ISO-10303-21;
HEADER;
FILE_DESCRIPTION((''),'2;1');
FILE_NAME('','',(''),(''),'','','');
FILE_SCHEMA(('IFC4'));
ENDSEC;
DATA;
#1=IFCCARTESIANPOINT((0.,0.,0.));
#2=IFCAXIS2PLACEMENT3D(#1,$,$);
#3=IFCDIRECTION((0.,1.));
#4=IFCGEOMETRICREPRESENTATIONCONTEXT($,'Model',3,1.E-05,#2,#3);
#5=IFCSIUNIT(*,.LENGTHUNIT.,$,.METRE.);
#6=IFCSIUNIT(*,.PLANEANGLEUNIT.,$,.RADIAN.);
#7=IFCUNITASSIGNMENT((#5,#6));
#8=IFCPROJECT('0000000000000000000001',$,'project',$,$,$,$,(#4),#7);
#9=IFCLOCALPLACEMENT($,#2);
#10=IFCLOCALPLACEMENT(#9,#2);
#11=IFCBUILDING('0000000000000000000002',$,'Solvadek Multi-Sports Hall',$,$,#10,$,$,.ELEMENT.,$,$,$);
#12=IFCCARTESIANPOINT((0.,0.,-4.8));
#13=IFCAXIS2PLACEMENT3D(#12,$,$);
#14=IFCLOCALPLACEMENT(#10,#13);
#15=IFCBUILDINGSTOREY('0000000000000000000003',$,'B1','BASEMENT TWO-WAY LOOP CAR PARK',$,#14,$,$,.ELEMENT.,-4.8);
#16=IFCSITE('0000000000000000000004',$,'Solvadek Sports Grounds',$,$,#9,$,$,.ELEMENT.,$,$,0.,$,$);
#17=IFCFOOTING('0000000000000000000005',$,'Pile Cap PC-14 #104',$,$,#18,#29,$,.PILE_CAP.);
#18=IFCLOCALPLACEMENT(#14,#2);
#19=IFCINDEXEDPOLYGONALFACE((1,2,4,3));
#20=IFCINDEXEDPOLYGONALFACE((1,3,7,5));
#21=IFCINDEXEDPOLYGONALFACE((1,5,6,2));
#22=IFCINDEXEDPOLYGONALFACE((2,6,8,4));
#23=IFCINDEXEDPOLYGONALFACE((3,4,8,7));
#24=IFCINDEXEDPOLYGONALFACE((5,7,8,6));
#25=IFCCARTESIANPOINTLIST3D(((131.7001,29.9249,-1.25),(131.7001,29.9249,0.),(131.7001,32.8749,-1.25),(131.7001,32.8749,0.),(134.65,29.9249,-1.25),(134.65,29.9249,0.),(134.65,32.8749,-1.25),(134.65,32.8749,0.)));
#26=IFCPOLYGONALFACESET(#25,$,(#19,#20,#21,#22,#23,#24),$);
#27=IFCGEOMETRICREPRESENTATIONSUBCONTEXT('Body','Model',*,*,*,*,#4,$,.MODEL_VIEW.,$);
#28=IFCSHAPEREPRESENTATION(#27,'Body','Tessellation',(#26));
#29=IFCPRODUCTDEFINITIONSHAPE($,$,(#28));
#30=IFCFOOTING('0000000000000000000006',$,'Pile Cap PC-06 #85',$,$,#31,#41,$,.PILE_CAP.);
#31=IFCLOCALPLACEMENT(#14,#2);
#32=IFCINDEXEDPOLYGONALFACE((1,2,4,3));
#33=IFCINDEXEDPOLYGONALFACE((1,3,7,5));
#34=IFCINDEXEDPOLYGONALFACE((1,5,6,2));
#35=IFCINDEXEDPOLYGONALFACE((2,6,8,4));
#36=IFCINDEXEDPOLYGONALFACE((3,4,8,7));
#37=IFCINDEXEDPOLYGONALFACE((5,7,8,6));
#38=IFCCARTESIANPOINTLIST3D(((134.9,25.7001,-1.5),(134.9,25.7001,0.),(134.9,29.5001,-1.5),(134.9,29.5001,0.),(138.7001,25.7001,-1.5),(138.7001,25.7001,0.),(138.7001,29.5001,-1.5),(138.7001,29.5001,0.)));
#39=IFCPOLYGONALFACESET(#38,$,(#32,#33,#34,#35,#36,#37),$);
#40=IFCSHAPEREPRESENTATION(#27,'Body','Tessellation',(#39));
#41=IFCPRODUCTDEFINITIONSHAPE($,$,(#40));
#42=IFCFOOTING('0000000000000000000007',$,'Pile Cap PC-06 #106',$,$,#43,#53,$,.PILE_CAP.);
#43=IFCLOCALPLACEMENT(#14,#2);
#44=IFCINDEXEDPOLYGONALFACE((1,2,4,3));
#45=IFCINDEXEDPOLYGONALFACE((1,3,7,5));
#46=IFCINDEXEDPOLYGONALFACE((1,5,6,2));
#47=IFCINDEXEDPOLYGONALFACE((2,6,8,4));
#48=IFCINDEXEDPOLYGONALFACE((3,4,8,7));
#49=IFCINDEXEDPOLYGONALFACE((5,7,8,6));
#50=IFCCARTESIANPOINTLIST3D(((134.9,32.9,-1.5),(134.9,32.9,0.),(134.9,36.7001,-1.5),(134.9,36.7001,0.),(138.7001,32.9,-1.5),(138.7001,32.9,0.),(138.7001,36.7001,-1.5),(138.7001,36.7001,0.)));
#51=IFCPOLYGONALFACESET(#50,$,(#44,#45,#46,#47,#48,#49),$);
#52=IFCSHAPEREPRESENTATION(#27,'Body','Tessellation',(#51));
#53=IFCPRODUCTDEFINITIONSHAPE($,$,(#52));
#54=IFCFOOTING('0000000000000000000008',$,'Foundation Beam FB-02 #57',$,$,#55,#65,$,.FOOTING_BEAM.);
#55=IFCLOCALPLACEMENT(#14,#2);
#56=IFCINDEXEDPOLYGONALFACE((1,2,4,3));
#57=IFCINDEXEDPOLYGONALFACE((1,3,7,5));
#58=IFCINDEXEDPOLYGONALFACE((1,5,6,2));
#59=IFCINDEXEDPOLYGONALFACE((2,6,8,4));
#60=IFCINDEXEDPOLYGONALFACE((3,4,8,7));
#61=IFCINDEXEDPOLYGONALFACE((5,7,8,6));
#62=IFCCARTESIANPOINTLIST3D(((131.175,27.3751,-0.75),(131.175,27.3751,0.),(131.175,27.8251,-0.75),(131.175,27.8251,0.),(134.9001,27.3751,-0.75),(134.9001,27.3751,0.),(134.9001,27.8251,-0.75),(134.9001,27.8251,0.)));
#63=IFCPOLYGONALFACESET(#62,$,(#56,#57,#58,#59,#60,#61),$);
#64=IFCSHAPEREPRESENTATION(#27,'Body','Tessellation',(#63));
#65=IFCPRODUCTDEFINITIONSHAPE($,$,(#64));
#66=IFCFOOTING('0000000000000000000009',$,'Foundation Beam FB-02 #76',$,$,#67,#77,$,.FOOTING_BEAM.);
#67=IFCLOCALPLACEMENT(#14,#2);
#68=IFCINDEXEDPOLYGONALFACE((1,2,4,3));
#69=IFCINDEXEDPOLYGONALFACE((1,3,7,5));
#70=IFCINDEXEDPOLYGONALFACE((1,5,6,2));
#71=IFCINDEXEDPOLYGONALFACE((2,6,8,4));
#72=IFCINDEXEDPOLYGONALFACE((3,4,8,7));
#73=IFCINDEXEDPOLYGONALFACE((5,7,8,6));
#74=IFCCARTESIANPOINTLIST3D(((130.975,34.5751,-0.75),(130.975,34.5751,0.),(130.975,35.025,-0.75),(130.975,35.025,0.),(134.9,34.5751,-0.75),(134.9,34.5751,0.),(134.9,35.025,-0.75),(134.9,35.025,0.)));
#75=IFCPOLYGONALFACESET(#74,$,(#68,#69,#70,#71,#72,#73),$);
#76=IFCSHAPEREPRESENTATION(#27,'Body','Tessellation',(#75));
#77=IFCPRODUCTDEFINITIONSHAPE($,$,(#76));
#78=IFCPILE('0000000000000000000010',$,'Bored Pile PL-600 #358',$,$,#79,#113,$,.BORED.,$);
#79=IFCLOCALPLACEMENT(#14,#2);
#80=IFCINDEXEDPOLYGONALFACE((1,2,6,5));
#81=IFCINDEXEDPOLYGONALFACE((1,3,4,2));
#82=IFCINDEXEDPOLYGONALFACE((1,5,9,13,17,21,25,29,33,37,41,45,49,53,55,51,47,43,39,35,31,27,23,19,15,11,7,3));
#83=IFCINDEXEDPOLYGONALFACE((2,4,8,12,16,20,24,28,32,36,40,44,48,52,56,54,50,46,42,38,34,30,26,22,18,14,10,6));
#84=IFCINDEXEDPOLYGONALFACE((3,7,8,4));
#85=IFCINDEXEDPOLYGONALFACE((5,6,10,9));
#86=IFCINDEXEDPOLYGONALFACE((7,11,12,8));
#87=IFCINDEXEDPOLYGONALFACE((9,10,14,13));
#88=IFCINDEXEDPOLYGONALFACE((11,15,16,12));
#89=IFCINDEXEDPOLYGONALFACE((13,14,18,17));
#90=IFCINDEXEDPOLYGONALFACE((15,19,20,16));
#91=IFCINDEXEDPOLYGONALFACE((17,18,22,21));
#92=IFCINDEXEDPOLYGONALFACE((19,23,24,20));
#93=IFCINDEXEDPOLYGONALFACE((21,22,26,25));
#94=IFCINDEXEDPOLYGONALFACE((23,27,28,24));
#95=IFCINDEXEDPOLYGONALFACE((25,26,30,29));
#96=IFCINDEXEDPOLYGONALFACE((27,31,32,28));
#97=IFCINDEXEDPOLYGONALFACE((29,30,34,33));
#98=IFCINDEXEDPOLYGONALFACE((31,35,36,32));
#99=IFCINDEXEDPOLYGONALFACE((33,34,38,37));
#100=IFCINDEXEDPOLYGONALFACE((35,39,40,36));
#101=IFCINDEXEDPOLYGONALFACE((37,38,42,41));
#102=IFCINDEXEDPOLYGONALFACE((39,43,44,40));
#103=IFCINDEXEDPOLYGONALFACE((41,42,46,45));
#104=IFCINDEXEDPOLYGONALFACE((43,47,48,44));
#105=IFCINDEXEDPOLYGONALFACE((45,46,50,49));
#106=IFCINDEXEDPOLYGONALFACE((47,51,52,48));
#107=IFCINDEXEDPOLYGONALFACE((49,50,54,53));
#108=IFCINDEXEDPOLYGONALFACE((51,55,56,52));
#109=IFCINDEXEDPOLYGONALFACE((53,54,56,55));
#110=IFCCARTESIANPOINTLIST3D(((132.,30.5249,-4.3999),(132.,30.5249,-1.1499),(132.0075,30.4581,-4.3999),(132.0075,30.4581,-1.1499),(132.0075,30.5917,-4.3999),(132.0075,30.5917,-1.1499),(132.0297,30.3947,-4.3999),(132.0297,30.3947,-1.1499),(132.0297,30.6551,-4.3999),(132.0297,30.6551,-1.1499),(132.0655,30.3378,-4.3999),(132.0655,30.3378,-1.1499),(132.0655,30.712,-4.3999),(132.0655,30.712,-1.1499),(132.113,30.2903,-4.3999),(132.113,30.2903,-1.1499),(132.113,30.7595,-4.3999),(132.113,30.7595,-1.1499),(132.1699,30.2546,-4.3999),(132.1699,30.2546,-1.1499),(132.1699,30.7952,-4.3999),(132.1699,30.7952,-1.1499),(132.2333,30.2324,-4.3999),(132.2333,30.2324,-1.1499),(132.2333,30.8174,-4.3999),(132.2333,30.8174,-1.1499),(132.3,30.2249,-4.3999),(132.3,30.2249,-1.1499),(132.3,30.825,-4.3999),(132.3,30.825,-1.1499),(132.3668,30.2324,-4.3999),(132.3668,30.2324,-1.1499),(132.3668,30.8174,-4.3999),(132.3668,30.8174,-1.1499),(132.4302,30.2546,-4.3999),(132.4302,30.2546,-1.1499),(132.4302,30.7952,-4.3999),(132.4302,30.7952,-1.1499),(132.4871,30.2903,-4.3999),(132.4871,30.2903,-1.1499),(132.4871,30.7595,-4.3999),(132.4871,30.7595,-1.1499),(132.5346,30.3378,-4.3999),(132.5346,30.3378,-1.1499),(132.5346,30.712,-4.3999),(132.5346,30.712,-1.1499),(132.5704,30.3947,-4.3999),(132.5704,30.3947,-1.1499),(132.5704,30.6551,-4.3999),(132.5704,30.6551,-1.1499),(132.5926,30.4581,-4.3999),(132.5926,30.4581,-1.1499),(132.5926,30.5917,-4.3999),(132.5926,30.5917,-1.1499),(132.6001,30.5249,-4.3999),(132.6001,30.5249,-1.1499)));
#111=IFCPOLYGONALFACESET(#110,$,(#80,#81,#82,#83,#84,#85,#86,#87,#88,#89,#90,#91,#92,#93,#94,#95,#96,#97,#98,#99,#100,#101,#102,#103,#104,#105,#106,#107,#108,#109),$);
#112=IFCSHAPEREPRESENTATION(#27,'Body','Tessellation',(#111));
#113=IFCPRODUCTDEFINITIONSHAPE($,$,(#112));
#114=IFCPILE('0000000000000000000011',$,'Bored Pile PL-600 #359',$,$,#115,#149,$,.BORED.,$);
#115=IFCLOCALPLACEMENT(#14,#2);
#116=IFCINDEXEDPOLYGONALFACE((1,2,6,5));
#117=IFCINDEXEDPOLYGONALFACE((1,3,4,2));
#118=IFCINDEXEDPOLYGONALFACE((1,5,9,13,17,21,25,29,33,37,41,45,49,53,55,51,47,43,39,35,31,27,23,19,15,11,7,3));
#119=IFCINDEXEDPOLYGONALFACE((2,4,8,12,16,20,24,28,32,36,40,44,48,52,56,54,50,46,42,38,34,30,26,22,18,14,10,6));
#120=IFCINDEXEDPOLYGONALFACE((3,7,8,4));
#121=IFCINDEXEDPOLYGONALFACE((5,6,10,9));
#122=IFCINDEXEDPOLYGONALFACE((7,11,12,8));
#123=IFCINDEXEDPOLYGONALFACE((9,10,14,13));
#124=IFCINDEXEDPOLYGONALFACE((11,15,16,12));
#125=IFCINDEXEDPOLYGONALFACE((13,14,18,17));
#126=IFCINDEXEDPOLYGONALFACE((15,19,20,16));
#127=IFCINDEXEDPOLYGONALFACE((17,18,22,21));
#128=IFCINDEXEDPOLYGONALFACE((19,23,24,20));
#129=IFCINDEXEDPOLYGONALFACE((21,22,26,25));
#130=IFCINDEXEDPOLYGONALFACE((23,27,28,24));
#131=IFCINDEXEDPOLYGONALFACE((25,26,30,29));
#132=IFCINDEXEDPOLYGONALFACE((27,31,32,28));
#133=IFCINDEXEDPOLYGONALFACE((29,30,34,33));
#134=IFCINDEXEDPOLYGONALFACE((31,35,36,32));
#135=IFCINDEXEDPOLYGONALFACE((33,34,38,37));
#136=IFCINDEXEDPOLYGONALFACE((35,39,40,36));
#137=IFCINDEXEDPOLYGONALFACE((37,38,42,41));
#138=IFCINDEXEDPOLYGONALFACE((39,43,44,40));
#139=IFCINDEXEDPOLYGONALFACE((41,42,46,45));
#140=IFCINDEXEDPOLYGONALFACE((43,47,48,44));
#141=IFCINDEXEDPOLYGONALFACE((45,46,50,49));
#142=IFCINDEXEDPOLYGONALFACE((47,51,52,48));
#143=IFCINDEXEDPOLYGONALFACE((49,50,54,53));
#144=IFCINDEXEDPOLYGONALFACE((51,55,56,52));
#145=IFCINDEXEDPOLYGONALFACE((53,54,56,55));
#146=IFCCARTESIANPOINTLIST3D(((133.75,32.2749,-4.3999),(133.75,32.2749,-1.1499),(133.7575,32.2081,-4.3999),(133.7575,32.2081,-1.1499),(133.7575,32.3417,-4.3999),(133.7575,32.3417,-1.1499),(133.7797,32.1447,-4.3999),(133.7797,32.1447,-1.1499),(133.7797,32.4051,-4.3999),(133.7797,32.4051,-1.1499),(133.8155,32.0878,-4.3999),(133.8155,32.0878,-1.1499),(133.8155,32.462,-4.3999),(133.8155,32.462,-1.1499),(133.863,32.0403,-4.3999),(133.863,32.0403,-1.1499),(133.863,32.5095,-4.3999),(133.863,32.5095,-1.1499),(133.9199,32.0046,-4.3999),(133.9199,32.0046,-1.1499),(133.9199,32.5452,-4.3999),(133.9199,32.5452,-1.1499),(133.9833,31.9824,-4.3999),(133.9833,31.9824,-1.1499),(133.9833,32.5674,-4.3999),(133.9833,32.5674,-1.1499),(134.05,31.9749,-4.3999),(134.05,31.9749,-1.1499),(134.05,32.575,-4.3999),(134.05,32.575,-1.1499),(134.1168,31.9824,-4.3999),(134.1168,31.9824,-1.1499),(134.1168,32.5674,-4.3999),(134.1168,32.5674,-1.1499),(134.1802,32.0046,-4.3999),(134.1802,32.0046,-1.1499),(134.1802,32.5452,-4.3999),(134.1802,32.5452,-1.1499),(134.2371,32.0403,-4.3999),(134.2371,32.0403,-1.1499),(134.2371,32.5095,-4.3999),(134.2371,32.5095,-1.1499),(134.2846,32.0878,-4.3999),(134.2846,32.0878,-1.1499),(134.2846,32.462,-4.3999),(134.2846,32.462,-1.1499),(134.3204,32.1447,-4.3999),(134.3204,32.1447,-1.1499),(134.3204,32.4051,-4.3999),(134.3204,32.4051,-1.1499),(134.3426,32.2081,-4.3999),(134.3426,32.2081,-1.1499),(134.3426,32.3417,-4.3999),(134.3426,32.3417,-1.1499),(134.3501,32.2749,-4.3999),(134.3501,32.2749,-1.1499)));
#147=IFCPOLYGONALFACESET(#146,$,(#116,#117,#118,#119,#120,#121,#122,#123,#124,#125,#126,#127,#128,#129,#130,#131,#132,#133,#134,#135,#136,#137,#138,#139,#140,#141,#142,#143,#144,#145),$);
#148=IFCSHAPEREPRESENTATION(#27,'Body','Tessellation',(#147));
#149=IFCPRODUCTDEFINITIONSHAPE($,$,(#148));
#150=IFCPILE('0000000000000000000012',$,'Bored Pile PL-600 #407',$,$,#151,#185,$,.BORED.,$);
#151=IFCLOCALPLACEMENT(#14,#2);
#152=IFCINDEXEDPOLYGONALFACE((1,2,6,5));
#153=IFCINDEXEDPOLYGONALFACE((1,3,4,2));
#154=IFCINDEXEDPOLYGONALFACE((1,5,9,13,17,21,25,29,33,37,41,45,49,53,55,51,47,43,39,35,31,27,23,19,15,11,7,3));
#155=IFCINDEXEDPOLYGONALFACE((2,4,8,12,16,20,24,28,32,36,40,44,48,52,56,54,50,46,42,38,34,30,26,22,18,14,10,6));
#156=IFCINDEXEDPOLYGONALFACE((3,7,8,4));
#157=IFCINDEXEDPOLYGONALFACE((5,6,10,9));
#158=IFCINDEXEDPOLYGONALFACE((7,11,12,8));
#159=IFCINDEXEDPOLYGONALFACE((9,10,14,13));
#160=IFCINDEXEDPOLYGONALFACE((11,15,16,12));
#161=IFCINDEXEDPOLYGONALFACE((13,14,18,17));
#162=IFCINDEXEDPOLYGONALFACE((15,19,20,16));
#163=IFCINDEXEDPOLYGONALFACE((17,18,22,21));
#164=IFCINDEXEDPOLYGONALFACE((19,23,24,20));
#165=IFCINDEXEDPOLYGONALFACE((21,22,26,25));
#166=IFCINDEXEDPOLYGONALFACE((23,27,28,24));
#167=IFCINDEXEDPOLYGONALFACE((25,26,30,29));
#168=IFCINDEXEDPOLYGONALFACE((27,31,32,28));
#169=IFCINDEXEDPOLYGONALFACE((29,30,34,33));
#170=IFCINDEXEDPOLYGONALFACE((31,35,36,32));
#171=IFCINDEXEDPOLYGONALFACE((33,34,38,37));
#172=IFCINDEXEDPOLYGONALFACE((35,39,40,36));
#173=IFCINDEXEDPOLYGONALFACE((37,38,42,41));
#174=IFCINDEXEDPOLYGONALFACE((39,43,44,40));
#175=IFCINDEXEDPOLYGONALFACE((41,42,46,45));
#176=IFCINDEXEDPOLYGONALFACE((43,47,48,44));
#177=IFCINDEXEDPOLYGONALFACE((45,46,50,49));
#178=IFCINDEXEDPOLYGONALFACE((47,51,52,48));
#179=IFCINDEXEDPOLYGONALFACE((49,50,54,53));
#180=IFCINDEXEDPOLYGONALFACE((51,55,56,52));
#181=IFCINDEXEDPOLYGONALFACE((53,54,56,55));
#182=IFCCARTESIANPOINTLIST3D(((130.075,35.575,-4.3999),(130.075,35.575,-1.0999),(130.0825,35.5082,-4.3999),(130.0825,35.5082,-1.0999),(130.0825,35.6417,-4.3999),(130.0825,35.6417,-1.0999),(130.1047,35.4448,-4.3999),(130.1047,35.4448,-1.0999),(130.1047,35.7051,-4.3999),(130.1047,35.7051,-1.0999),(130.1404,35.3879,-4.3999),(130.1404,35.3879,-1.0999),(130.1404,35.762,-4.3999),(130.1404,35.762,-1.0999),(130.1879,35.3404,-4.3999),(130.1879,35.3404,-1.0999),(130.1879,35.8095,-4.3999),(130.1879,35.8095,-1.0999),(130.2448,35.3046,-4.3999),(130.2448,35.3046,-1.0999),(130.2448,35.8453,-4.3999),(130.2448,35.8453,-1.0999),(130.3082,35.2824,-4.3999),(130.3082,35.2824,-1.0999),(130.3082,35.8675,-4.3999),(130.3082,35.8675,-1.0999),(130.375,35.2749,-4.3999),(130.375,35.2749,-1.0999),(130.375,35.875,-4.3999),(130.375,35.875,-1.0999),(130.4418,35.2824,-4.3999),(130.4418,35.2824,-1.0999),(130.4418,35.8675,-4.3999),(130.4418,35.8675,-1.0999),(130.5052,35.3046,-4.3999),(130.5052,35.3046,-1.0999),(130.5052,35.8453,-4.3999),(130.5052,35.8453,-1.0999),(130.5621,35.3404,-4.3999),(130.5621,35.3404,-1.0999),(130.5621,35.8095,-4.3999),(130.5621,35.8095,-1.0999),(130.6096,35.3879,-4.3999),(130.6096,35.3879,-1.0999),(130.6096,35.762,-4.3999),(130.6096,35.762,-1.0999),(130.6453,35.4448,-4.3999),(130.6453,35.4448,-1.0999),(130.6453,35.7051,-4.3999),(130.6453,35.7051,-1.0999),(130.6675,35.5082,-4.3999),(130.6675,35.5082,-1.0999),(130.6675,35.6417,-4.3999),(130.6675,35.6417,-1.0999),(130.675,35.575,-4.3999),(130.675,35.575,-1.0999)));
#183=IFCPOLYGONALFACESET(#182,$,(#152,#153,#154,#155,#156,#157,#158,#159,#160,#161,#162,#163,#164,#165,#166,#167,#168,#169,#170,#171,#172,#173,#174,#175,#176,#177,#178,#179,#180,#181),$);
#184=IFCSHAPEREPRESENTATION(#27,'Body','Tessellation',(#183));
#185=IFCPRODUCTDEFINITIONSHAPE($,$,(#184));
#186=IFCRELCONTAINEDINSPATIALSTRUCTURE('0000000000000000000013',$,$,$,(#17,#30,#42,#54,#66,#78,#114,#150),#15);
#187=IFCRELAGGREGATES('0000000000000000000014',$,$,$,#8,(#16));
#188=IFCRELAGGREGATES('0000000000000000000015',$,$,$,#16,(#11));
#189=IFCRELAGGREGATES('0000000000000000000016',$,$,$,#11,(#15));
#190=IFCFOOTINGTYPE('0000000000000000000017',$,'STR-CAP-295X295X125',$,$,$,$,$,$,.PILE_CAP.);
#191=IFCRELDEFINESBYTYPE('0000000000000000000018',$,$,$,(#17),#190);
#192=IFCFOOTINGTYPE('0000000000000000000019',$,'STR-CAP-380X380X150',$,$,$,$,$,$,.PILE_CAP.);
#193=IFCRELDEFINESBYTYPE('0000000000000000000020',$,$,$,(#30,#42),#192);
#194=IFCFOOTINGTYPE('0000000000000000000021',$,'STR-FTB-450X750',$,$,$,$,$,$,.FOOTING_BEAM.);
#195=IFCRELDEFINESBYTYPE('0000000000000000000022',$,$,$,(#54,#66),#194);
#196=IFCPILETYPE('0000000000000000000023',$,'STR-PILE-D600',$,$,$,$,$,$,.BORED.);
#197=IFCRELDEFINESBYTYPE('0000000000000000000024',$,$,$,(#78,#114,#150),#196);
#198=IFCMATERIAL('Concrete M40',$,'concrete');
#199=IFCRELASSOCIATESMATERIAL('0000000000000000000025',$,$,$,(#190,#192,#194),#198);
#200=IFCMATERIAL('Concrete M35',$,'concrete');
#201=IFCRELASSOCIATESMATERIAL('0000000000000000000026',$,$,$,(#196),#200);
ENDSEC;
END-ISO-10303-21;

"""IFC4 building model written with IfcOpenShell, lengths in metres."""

from ifc_helpers import new_model, si_unit, direction, frame, origin, origin_2d, place, context, subcontext, project, spatial, rectangle, circle, extrude, material, material_profile, profile_set, type_object, element, save


model = new_model("IFC4")

# Units and contexts
model_context = context("Model", 3, precision=1e-05, world=origin(), true_north=direction((0.0, 1.0)))
body_context = subcontext(model_context, "Body", "Model", "MODEL_VIEW")
ifc_project = project(units=[si_unit("LENGTHUNIT", "METRE"), si_unit("PLANEANGLEUNIT", "RADIAN")], contexts=[model_context])

# Site, building, storey
site_placement = place(None, origin())
site = spatial("IfcSite", under=ifc_project, at=site_placement, Name="Solvadek Sports Grounds", CompositionType="ELEMENT", RefElevation=0.0)
building_placement = place(site_placement, origin())
building = spatial("IfcBuilding", under=site, at=building_placement, Name="Solvadek Multi-Sports Hall", CompositionType="ELEMENT")
storey_placement = place(building_placement, frame((0.0, 0.0, -4.8)))
storey = spatial("IfcBuildingStorey", under=building, at=storey_placement, Name="B1", Description="BASEMENT TWO-WAY LOOP CAR PARK", CompositionType="ELEMENT", Elevation=-4.8)

# Footings
ifc_material_1 = material(Name="Concrete M40", Category="concrete")
footing_type_1 = type_object("IfcFootingType", Name="STR-CAP-295X295X125", PredefinedType="PILE_CAP", material=ifc_material_1)
footing_1_placement = place(storey_placement, frame((133.175, 31.3999, -1.25), z_axis=(0.0, 0.0, 1.0), x_axis=(1.0, 0.0, 0.0)))
element("IfcFooting", 1, at=footing_1_placement, inside=storey, type_object=footing_type_1, Name="Pile Cap PC-14 #104", PredefinedType="PILE_CAP", context=body_context, shape_type="SweptSolid", body=[
    extrude(rectangle(XDim=2.95, YDim=2.95, at=origin_2d()), origin(), (0.0, 0.0, 1.0), 1.25),
])
footing_type_2 = type_object("IfcFootingType", Name="STR-CAP-380X380X150", PredefinedType="PILE_CAP", material=ifc_material_1)
for number, where, z_axis, x_axis, name in (
    (2, (136.8, 27.6001, -1.5), (0.0, 0.0, 1.0), (1.0, 0.0, 0.0), "Pile Cap PC-06 #85"),
    (3, (136.8, 34.8, -1.5), (0.0, 0.0, 1.0), (1.0, 0.0, 0.0), "Pile Cap PC-06 #106"),
):
    element("IfcFooting", number, at=place(storey_placement, frame(where, z_axis=z_axis, x_axis=x_axis)), inside=storey, type_object=footing_type_2, Name=name, PredefinedType="PILE_CAP", context=body_context, shape_type="SweptSolid", body=[
        extrude(rectangle(XDim=3.8, YDim=3.8, at=origin_2d()), origin(), (0.0, 0.0, 1.0), 1.5),
    ])
footing_type_3 = type_object("IfcFootingType", Name="STR-FTB-450X750", PredefinedType="FOOTING_BEAM", material=ifc_material_1)
footing_2_placement = place(storey_placement, frame((133.0376, 27.6001, -0.75), z_axis=(0.0, 0.0, 1.0), x_axis=(1.0, 0.0, 0.0)))
element("IfcFooting", 4, at=footing_2_placement, inside=storey, type_object=footing_type_3, Name="Foundation Beam FB-02 #57", PredefinedType="FOOTING_BEAM", context=body_context, shape_type="SweptSolid", body=[
    extrude(rectangle(XDim=3.7251, YDim=0.45, at=origin_2d()), origin(), (0.0, 0.0, 1.0), 0.75),
])
footing_3_placement = place(storey_placement, frame((132.9375, 34.8, -0.75), z_axis=(0.0, 0.0, 1.0), x_axis=(1.0, 0.0, 0.0)))
element("IfcFooting", 5, at=footing_3_placement, inside=storey, type_object=footing_type_3, Name="Foundation Beam FB-02 #76", PredefinedType="FOOTING_BEAM", context=body_context, shape_type="SweptSolid", body=[
    extrude(rectangle(XDim=3.925, YDim=0.45, at=origin_2d()), origin(), (0.0, 0.0, 1.0), 0.75),
])

# Piles
ifc_material_2 = material(Name="Concrete M35", Category="concrete")
ifc_material_profile_1 = material_profile(ifc_material_2, circle(Radius=0.3, at=origin_2d()), Name="BORED PILE D600")
ifc_profile_set_1 = profile_set([ifc_material_profile_1], Name="Concrete M35")
pile_type_1 = type_object("IfcPileType", Name="STR-PILE-D600", PredefinedType="BORED", material=ifc_profile_set_1)
for number, where, z_axis, x_axis, name in (
    (6, (132.3, 30.5249, -1.1499), (0.0, 0.0, -1.0), (1.0, 0.0, 0.0), "Bored Pile PL-600 #358"),
    (7, (134.05, 32.2749, -1.1499), (0.0, 0.0, -1.0), (1.0, 0.0, 0.0), "Bored Pile PL-600 #359"),
):
    element("IfcPile", number, at=place(storey_placement, frame(where, z_axis=z_axis, x_axis=x_axis)), inside=storey, type_object=pile_type_1, Name=name, PredefinedType="BORED", context=body_context, shape_type="SweptSolid", body=[
        extrude(circle(Radius=0.3, at=origin_2d()), origin(), (0.0, 0.0, 1.0), 3.25),
    ])
pile_1_placement = place(storey_placement, frame((130.375, 35.575, -1.0999), z_axis=(0.0, 0.0, -1.0), x_axis=(1.0, 0.0, 0.0)))
element("IfcPile", 8, at=pile_1_placement, inside=storey, type_object=pile_type_1, Name="Bored Pile PL-600 #407", PredefinedType="BORED", context=body_context, shape_type="SweptSolid", body=[
    extrude(circle(Radius=0.3, at=origin_2d()), origin(), (0.0, 0.0, 1.0), 3.3),
])

save(model, "model.ifc")
